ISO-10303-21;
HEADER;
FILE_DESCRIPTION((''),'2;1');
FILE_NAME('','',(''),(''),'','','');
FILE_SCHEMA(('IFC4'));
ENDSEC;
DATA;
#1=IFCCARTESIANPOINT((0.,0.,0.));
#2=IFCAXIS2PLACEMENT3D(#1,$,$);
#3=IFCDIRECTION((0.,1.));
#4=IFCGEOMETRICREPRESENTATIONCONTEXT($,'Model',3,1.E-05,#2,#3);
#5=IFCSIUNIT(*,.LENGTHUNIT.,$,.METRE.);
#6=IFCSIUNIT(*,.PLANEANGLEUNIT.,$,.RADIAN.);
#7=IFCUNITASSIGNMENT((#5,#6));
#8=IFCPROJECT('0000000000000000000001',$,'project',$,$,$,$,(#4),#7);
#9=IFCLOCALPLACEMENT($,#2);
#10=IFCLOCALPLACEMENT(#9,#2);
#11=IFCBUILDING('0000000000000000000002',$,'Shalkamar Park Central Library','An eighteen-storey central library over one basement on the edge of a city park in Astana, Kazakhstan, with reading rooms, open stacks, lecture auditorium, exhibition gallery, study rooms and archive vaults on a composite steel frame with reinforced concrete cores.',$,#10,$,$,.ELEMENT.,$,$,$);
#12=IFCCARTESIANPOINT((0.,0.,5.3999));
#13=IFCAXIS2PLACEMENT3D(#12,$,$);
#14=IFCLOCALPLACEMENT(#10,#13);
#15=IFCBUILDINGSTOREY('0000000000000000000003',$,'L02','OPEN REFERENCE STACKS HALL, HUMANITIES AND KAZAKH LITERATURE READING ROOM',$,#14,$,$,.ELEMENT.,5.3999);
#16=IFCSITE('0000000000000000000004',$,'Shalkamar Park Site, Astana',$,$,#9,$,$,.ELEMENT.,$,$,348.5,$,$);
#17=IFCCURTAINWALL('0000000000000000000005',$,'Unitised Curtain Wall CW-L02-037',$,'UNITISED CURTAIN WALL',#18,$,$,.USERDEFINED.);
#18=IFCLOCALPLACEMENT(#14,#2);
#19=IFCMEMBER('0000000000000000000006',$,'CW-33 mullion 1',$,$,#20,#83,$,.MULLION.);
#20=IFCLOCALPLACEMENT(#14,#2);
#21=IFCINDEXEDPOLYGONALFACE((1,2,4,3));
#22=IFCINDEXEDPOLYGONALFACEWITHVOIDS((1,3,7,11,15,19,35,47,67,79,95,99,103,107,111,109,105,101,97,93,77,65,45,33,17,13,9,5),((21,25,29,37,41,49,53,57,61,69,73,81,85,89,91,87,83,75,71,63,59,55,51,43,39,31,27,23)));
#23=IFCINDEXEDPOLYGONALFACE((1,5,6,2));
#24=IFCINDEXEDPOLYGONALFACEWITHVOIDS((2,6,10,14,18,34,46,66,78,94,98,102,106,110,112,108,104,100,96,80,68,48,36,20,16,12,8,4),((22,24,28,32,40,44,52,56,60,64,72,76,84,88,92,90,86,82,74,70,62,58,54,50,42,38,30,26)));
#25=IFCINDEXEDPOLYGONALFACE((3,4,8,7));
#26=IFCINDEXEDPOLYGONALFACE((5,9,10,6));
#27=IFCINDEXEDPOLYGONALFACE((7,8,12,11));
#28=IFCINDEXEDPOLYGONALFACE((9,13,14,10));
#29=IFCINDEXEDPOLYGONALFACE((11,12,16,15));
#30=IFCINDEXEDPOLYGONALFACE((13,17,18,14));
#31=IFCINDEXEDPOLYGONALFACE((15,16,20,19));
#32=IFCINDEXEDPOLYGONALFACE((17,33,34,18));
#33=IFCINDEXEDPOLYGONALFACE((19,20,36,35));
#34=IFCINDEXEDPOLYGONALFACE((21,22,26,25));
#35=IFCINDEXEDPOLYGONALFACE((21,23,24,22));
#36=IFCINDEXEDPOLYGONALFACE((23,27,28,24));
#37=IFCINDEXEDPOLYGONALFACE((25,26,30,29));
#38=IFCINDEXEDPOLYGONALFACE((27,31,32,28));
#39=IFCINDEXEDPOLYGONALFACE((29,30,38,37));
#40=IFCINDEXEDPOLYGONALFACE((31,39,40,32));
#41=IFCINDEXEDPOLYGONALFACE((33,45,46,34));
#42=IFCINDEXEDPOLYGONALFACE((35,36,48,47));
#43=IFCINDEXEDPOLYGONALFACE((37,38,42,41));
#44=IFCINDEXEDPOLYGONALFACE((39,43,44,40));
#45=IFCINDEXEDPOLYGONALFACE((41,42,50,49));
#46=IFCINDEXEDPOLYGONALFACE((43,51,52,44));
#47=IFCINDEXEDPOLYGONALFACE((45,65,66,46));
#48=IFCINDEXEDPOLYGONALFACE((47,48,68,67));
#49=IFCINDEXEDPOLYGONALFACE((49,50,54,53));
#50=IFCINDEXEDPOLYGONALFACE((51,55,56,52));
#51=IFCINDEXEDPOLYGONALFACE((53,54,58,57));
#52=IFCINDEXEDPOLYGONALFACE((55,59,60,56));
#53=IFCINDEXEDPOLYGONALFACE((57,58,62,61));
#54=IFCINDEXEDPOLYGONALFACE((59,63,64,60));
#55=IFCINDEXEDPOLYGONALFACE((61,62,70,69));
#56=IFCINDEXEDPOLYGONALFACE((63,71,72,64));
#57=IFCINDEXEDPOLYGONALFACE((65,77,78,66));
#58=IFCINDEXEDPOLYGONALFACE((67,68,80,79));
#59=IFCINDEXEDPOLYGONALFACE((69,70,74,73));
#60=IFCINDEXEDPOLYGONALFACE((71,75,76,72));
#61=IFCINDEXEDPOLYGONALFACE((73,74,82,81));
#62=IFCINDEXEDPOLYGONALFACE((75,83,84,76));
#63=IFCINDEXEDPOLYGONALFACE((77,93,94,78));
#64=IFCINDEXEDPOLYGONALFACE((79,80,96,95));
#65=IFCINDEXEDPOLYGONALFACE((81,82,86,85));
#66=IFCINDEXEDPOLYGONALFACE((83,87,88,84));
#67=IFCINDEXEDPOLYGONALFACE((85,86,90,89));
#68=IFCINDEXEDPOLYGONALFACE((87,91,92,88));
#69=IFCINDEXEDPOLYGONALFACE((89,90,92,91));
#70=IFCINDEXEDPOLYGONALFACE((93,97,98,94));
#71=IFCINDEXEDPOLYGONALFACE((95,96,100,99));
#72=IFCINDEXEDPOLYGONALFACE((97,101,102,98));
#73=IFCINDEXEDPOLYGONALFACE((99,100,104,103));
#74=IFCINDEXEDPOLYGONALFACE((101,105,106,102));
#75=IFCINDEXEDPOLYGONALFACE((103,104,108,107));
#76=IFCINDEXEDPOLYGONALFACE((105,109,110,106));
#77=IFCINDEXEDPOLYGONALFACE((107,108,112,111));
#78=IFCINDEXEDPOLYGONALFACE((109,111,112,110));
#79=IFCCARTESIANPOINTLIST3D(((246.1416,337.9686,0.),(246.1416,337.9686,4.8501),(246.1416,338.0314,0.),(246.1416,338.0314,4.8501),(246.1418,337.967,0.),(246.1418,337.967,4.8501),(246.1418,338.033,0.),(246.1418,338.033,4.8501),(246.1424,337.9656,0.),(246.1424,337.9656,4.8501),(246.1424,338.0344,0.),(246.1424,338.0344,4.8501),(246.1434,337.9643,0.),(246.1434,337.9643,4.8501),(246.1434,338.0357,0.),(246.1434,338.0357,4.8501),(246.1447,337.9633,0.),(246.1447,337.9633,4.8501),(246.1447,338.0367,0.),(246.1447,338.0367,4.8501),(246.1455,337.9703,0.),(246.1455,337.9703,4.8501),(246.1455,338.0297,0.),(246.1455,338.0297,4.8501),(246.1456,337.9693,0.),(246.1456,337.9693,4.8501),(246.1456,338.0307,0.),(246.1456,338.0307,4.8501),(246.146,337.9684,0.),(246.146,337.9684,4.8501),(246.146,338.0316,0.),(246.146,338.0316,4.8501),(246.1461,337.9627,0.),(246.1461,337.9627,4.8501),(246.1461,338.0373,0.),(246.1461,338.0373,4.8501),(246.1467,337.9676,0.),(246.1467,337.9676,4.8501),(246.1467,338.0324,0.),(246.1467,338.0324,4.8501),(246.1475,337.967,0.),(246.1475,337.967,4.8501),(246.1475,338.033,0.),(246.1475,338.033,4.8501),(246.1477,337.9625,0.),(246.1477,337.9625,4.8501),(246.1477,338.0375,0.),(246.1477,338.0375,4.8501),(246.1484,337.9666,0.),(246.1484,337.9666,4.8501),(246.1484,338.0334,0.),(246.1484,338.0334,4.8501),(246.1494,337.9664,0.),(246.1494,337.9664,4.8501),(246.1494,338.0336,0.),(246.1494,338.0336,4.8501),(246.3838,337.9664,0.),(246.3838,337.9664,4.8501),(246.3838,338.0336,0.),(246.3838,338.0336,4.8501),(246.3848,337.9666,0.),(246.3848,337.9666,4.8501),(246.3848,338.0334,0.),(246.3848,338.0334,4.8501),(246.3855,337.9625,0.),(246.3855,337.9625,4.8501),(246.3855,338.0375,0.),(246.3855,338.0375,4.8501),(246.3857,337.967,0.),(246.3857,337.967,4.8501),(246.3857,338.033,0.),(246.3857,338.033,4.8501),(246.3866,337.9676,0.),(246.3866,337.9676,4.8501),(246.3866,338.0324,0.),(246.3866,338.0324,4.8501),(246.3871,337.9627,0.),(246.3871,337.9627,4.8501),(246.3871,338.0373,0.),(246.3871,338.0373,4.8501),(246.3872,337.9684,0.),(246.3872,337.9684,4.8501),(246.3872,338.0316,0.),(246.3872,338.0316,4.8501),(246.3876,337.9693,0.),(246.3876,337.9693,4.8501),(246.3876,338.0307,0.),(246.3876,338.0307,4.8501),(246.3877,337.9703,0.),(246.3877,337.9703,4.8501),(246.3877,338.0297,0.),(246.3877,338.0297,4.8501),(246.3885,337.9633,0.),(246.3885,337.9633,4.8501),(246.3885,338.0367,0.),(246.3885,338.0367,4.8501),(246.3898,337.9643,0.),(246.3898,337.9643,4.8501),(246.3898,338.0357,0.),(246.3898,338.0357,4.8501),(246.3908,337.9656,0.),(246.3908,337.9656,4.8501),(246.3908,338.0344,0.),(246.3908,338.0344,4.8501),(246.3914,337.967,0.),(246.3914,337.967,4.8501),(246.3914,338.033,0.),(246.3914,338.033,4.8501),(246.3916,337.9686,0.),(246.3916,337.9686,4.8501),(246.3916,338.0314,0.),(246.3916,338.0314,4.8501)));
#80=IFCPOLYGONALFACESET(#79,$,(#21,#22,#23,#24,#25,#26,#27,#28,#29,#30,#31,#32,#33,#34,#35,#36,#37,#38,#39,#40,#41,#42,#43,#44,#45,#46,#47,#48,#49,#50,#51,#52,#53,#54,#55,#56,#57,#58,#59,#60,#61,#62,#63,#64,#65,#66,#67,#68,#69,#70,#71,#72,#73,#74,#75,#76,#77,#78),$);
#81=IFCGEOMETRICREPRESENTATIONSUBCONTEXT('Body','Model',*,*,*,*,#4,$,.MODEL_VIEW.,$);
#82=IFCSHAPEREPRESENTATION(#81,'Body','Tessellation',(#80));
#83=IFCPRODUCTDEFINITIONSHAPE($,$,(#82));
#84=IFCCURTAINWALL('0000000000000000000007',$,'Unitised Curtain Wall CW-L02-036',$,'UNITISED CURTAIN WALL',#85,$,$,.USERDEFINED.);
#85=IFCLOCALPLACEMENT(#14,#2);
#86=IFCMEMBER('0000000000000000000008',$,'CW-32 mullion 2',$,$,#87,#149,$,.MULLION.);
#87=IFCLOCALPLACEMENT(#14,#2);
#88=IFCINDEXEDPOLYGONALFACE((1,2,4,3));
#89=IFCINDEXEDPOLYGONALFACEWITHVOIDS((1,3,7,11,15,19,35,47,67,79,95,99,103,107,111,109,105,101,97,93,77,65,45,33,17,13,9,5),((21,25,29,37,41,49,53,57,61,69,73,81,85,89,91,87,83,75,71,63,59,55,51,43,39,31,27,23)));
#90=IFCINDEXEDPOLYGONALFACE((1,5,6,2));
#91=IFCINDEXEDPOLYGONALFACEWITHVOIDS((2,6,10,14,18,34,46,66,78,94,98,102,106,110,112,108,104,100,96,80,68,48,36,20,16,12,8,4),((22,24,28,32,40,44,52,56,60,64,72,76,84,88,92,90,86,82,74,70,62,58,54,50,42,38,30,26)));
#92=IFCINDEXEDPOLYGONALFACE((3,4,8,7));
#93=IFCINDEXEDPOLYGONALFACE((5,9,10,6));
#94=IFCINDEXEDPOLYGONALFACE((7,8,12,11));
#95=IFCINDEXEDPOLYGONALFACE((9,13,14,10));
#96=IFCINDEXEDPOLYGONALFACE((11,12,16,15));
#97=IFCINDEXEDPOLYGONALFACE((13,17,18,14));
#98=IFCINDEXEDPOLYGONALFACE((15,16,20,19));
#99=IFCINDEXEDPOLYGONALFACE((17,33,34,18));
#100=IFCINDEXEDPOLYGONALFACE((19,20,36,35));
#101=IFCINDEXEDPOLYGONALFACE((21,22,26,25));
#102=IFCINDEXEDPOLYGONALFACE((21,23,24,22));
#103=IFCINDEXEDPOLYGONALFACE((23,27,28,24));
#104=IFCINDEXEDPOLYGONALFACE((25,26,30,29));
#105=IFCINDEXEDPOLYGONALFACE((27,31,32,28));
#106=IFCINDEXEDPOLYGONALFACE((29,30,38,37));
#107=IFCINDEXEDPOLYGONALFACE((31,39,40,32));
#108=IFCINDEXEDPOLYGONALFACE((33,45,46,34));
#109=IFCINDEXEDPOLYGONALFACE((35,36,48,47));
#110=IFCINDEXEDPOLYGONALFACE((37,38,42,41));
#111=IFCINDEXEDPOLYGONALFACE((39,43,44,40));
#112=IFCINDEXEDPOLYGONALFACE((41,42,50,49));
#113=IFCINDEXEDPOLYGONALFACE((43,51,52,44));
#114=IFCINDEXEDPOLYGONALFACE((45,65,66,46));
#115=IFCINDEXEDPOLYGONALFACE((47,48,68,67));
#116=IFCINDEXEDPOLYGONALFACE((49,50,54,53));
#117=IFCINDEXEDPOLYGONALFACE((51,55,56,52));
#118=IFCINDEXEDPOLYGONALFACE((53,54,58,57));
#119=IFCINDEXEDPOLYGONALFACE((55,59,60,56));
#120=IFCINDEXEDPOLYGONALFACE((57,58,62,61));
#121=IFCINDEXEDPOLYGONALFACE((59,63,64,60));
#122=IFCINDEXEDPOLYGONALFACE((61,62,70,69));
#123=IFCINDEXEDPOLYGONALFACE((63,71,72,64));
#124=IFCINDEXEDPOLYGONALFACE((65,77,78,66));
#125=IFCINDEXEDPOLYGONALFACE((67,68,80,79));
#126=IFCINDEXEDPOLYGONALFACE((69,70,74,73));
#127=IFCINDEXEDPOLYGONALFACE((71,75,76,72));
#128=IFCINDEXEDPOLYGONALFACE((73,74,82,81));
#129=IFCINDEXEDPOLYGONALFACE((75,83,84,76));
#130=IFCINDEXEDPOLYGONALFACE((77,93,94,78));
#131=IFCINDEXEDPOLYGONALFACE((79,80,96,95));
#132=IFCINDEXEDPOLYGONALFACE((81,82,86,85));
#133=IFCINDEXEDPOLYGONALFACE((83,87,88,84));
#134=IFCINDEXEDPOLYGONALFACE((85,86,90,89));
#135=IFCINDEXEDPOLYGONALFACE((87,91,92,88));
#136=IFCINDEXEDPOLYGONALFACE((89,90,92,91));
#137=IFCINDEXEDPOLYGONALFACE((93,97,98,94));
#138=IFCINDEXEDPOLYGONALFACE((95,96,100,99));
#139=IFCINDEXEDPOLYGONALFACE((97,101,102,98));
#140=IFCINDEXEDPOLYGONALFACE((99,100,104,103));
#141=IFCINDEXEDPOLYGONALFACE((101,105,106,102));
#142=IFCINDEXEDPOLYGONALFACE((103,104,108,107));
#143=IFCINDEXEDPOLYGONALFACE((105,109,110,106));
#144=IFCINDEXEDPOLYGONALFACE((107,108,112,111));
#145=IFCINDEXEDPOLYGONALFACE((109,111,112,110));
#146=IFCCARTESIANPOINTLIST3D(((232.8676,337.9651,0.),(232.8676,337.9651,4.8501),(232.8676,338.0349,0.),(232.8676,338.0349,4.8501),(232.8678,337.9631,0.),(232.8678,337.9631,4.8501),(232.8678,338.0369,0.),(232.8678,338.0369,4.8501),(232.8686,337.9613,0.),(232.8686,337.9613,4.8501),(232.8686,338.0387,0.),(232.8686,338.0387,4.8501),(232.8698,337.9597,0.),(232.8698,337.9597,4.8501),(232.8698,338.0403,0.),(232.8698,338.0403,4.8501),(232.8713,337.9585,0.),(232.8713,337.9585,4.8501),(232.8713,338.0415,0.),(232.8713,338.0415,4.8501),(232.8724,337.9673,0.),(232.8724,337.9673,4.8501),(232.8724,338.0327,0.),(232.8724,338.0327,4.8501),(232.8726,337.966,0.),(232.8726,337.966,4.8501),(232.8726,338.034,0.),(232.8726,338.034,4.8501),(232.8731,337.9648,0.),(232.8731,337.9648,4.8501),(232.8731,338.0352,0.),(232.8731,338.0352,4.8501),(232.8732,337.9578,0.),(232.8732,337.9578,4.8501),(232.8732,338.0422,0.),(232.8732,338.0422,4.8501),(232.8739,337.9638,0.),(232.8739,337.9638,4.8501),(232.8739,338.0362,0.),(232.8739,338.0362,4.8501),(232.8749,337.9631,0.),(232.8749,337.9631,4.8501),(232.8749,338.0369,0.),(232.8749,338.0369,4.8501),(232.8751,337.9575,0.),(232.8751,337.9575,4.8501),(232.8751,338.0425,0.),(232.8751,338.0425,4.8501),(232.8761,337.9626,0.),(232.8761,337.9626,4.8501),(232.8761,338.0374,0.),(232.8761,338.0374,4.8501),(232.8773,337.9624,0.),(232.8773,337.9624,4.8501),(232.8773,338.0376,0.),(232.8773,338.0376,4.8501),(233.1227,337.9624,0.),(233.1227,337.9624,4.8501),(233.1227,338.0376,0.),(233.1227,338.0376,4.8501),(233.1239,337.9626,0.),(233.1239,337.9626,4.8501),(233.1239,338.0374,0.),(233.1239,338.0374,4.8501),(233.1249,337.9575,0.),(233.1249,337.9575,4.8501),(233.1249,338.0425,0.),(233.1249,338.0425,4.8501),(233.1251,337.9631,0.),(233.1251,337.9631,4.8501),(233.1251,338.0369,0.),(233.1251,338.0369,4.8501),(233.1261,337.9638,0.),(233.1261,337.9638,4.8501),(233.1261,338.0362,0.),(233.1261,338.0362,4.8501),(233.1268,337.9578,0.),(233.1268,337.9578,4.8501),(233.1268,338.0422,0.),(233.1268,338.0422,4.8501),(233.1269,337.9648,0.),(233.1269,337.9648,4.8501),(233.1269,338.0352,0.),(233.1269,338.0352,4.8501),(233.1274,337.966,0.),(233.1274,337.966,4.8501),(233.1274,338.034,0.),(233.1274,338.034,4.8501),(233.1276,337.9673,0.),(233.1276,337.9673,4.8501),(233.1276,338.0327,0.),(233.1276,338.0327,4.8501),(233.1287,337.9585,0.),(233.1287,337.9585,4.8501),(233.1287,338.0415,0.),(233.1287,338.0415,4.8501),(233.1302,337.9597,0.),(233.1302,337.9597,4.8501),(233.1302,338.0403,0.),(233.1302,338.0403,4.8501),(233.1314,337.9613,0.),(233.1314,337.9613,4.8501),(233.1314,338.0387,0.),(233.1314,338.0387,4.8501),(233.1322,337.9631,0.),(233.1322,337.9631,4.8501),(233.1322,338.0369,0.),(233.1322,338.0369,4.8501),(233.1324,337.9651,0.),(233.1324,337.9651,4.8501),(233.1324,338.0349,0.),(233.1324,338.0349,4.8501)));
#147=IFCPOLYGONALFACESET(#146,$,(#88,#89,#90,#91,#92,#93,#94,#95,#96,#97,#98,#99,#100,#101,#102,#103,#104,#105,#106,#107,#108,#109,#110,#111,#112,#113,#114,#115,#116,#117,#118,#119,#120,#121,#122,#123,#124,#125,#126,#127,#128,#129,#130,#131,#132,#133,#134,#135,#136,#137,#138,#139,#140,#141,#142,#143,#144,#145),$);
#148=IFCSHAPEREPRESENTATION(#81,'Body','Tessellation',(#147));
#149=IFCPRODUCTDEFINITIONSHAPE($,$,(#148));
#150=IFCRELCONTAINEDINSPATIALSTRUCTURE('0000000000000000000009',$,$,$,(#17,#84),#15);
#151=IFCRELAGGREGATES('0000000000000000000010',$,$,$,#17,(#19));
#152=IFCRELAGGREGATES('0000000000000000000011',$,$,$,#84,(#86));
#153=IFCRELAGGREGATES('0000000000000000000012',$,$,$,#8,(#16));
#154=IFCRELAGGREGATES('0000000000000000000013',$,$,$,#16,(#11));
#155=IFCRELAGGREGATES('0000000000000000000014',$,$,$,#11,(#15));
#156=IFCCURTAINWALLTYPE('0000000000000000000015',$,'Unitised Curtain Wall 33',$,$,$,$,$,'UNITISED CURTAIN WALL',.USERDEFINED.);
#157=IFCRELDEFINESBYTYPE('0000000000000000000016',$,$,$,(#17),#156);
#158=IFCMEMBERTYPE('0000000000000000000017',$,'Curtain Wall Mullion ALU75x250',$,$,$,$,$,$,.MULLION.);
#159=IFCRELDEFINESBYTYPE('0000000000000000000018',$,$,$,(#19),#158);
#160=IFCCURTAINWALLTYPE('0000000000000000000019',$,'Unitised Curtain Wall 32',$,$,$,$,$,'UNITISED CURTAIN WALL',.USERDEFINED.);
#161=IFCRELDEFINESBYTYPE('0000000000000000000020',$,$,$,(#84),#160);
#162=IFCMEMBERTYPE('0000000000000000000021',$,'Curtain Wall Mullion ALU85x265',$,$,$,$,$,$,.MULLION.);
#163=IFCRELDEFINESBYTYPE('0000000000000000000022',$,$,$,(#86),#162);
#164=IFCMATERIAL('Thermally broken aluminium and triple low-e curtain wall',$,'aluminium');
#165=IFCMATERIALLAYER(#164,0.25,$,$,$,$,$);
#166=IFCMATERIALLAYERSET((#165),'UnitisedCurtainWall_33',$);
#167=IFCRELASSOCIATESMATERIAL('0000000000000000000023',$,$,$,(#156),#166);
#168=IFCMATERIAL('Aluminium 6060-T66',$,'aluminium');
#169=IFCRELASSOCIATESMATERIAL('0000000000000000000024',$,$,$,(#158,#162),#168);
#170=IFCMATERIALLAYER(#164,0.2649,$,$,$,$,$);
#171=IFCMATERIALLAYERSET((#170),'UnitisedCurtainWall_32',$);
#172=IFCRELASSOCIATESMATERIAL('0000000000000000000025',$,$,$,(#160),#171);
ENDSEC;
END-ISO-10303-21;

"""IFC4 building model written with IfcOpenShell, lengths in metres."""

from ifc_helpers import new_model, si_unit, direction, frame, origin, origin_2d, place, context, subcontext, project, spatial, hollow_rectangle, extrude, material, layer, layer_set, material_profile, profile_set, type_object, element, aggregate, save


model = new_model("IFC4")

# Units and contexts
model_context = context("Model", 3, precision=1e-05, world=origin(), true_north=direction((0.0, 1.0)))
body_context = subcontext(model_context, "Body", "Model", "MODEL_VIEW")
ifc_project = project(units=[si_unit("LENGTHUNIT", "METRE"), si_unit("PLANEANGLEUNIT", "RADIAN")], contexts=[model_context])

# Site, building, storey
site_placement = place(None, origin())
site = spatial("IfcSite", under=ifc_project, at=site_placement, Name="Shalkamar Park Site, Astana", CompositionType="ELEMENT", RefElevation=348.5)
building_placement = place(site_placement, origin())
building = spatial("IfcBuilding", under=site, at=building_placement, Name="Shalkamar Park Central Library", Description="An eighteen-storey central library over one basement on the edge of a city park in Astana, Kazakhstan, with reading rooms, open stacks, lecture auditorium, exhibition gallery, study rooms and archive vaults on a composite steel frame with reinforced concrete cores.", CompositionType="ELEMENT")
storey_placement = place(building_placement, frame((0.0, 0.0, 5.3999)))
storey = spatial("IfcBuildingStorey", under=building, at=storey_placement, Name="L02", Description="OPEN REFERENCE STACKS HALL, HUMANITIES AND KAZAKH LITERATURE READING ROOM", CompositionType="ELEMENT", Elevation=5.3999)

# Curtain wall, member
ifc_material_1 = material(Name="Thermally broken aluminium and triple low-e curtain wall", Category="aluminium")
ifc_layer_1 = layer(ifc_material_1, 0.25)
ifc_layer_set_1 = layer_set([ifc_layer_1], Name="UnitisedCurtainWall_33")
curtain_wall_type_1 = type_object("IfcCurtainWallType", Name="Unitised Curtain Wall 33", ElementType="UNITISED CURTAIN WALL", PredefinedType="USERDEFINED", material=ifc_layer_set_1)
curtain_wall_1_placement = place(storey_placement, origin())
curtain_wall_1 = element("IfcCurtainWall", 1, at=curtain_wall_1_placement, inside=storey, type_object=curtain_wall_type_1, Name="Unitised Curtain Wall CW-L02-037", ObjectType="UNITISED CURTAIN WALL", PredefinedType="USERDEFINED")
ifc_material_2 = material(Name="Aluminium 6060-T66", Category="aluminium")
ifc_material_profile_1 = material_profile(ifc_material_2, hollow_rectangle(XDim=0.075, YDim=0.25, WallThickness=0.0039, InnerFilletRadius=0.0039, OuterFilletRadius=0.0061, at=origin_2d()), Name="ALU 75x250x4")
ifc_profile_set_1 = profile_set([ifc_material_profile_1], Name="Aluminium 6060-T66")
member_type_1 = type_object("IfcMemberType", Name="Curtain Wall Mullion ALU75x250", PredefinedType="MULLION", material=ifc_profile_set_1)
member_1_placement = place(storey_placement, frame((246.2666, 338.0, 0.0), z_axis=(0.0, 0.0, 1.0), x_axis=(0.0, 1.0, 0.0)))
member_1 = element("IfcMember", 2, at=member_1_placement, type_object=member_type_1, Name="CW-33 mullion 1", PredefinedType="MULLION", context=body_context, shape_type="SweptSolid", body=[
    extrude(hollow_rectangle(XDim=0.075, YDim=0.25, WallThickness=0.0039, InnerFilletRadius=0.0039, OuterFilletRadius=0.0061, at=origin_2d()), origin(), (0.0, 0.0, 1.0), 4.8501),
])

# Curtain wall, member
ifc_layer_2 = layer(ifc_material_1, 0.2649)
ifc_layer_set_2 = layer_set([ifc_layer_2], Name="UnitisedCurtainWall_32")
curtain_wall_type_2 = type_object("IfcCurtainWallType", Name="Unitised Curtain Wall 32", ElementType="UNITISED CURTAIN WALL", PredefinedType="USERDEFINED", material=ifc_layer_set_2)
curtain_wall_2_placement = place(storey_placement, origin())
curtain_wall_2 = element("IfcCurtainWall", 3, at=curtain_wall_2_placement, inside=storey, type_object=curtain_wall_type_2, Name="Unitised Curtain Wall CW-L02-036", ObjectType="UNITISED CURTAIN WALL", PredefinedType="USERDEFINED")
ifc_material_profile_2 = material_profile(ifc_material_2, hollow_rectangle(XDim=0.085, YDim=0.2649, WallThickness=0.0049, InnerFilletRadius=0.0049, OuterFilletRadius=0.0076, at=origin_2d()), Name="ALU 85x265x5")
ifc_profile_set_2 = profile_set([ifc_material_profile_2], Name="Aluminium 6060-T66")
member_type_2 = type_object("IfcMemberType", Name="Curtain Wall Mullion ALU85x265", PredefinedType="MULLION", material=ifc_profile_set_2)
member_2_placement = place(storey_placement, frame((233.0, 338.0, 0.0), z_axis=(0.0, 0.0, 1.0), x_axis=(0.0, 1.0, 0.0)))
member_2 = element("IfcMember", 4, at=member_2_placement, type_object=member_type_2, Name="CW-32 mullion 2", PredefinedType="MULLION", context=body_context, shape_type="SweptSolid", body=[
    extrude(hollow_rectangle(XDim=0.085, YDim=0.2649, WallThickness=0.0049, InnerFilletRadius=0.0049, OuterFilletRadius=0.0076, at=origin_2d()), origin(), (0.0, 0.0, 1.0), 4.8501),
])

aggregate(curtain_wall_1, [member_1])

aggregate(curtain_wall_2, [member_2])

save(model, "model.ifc")
